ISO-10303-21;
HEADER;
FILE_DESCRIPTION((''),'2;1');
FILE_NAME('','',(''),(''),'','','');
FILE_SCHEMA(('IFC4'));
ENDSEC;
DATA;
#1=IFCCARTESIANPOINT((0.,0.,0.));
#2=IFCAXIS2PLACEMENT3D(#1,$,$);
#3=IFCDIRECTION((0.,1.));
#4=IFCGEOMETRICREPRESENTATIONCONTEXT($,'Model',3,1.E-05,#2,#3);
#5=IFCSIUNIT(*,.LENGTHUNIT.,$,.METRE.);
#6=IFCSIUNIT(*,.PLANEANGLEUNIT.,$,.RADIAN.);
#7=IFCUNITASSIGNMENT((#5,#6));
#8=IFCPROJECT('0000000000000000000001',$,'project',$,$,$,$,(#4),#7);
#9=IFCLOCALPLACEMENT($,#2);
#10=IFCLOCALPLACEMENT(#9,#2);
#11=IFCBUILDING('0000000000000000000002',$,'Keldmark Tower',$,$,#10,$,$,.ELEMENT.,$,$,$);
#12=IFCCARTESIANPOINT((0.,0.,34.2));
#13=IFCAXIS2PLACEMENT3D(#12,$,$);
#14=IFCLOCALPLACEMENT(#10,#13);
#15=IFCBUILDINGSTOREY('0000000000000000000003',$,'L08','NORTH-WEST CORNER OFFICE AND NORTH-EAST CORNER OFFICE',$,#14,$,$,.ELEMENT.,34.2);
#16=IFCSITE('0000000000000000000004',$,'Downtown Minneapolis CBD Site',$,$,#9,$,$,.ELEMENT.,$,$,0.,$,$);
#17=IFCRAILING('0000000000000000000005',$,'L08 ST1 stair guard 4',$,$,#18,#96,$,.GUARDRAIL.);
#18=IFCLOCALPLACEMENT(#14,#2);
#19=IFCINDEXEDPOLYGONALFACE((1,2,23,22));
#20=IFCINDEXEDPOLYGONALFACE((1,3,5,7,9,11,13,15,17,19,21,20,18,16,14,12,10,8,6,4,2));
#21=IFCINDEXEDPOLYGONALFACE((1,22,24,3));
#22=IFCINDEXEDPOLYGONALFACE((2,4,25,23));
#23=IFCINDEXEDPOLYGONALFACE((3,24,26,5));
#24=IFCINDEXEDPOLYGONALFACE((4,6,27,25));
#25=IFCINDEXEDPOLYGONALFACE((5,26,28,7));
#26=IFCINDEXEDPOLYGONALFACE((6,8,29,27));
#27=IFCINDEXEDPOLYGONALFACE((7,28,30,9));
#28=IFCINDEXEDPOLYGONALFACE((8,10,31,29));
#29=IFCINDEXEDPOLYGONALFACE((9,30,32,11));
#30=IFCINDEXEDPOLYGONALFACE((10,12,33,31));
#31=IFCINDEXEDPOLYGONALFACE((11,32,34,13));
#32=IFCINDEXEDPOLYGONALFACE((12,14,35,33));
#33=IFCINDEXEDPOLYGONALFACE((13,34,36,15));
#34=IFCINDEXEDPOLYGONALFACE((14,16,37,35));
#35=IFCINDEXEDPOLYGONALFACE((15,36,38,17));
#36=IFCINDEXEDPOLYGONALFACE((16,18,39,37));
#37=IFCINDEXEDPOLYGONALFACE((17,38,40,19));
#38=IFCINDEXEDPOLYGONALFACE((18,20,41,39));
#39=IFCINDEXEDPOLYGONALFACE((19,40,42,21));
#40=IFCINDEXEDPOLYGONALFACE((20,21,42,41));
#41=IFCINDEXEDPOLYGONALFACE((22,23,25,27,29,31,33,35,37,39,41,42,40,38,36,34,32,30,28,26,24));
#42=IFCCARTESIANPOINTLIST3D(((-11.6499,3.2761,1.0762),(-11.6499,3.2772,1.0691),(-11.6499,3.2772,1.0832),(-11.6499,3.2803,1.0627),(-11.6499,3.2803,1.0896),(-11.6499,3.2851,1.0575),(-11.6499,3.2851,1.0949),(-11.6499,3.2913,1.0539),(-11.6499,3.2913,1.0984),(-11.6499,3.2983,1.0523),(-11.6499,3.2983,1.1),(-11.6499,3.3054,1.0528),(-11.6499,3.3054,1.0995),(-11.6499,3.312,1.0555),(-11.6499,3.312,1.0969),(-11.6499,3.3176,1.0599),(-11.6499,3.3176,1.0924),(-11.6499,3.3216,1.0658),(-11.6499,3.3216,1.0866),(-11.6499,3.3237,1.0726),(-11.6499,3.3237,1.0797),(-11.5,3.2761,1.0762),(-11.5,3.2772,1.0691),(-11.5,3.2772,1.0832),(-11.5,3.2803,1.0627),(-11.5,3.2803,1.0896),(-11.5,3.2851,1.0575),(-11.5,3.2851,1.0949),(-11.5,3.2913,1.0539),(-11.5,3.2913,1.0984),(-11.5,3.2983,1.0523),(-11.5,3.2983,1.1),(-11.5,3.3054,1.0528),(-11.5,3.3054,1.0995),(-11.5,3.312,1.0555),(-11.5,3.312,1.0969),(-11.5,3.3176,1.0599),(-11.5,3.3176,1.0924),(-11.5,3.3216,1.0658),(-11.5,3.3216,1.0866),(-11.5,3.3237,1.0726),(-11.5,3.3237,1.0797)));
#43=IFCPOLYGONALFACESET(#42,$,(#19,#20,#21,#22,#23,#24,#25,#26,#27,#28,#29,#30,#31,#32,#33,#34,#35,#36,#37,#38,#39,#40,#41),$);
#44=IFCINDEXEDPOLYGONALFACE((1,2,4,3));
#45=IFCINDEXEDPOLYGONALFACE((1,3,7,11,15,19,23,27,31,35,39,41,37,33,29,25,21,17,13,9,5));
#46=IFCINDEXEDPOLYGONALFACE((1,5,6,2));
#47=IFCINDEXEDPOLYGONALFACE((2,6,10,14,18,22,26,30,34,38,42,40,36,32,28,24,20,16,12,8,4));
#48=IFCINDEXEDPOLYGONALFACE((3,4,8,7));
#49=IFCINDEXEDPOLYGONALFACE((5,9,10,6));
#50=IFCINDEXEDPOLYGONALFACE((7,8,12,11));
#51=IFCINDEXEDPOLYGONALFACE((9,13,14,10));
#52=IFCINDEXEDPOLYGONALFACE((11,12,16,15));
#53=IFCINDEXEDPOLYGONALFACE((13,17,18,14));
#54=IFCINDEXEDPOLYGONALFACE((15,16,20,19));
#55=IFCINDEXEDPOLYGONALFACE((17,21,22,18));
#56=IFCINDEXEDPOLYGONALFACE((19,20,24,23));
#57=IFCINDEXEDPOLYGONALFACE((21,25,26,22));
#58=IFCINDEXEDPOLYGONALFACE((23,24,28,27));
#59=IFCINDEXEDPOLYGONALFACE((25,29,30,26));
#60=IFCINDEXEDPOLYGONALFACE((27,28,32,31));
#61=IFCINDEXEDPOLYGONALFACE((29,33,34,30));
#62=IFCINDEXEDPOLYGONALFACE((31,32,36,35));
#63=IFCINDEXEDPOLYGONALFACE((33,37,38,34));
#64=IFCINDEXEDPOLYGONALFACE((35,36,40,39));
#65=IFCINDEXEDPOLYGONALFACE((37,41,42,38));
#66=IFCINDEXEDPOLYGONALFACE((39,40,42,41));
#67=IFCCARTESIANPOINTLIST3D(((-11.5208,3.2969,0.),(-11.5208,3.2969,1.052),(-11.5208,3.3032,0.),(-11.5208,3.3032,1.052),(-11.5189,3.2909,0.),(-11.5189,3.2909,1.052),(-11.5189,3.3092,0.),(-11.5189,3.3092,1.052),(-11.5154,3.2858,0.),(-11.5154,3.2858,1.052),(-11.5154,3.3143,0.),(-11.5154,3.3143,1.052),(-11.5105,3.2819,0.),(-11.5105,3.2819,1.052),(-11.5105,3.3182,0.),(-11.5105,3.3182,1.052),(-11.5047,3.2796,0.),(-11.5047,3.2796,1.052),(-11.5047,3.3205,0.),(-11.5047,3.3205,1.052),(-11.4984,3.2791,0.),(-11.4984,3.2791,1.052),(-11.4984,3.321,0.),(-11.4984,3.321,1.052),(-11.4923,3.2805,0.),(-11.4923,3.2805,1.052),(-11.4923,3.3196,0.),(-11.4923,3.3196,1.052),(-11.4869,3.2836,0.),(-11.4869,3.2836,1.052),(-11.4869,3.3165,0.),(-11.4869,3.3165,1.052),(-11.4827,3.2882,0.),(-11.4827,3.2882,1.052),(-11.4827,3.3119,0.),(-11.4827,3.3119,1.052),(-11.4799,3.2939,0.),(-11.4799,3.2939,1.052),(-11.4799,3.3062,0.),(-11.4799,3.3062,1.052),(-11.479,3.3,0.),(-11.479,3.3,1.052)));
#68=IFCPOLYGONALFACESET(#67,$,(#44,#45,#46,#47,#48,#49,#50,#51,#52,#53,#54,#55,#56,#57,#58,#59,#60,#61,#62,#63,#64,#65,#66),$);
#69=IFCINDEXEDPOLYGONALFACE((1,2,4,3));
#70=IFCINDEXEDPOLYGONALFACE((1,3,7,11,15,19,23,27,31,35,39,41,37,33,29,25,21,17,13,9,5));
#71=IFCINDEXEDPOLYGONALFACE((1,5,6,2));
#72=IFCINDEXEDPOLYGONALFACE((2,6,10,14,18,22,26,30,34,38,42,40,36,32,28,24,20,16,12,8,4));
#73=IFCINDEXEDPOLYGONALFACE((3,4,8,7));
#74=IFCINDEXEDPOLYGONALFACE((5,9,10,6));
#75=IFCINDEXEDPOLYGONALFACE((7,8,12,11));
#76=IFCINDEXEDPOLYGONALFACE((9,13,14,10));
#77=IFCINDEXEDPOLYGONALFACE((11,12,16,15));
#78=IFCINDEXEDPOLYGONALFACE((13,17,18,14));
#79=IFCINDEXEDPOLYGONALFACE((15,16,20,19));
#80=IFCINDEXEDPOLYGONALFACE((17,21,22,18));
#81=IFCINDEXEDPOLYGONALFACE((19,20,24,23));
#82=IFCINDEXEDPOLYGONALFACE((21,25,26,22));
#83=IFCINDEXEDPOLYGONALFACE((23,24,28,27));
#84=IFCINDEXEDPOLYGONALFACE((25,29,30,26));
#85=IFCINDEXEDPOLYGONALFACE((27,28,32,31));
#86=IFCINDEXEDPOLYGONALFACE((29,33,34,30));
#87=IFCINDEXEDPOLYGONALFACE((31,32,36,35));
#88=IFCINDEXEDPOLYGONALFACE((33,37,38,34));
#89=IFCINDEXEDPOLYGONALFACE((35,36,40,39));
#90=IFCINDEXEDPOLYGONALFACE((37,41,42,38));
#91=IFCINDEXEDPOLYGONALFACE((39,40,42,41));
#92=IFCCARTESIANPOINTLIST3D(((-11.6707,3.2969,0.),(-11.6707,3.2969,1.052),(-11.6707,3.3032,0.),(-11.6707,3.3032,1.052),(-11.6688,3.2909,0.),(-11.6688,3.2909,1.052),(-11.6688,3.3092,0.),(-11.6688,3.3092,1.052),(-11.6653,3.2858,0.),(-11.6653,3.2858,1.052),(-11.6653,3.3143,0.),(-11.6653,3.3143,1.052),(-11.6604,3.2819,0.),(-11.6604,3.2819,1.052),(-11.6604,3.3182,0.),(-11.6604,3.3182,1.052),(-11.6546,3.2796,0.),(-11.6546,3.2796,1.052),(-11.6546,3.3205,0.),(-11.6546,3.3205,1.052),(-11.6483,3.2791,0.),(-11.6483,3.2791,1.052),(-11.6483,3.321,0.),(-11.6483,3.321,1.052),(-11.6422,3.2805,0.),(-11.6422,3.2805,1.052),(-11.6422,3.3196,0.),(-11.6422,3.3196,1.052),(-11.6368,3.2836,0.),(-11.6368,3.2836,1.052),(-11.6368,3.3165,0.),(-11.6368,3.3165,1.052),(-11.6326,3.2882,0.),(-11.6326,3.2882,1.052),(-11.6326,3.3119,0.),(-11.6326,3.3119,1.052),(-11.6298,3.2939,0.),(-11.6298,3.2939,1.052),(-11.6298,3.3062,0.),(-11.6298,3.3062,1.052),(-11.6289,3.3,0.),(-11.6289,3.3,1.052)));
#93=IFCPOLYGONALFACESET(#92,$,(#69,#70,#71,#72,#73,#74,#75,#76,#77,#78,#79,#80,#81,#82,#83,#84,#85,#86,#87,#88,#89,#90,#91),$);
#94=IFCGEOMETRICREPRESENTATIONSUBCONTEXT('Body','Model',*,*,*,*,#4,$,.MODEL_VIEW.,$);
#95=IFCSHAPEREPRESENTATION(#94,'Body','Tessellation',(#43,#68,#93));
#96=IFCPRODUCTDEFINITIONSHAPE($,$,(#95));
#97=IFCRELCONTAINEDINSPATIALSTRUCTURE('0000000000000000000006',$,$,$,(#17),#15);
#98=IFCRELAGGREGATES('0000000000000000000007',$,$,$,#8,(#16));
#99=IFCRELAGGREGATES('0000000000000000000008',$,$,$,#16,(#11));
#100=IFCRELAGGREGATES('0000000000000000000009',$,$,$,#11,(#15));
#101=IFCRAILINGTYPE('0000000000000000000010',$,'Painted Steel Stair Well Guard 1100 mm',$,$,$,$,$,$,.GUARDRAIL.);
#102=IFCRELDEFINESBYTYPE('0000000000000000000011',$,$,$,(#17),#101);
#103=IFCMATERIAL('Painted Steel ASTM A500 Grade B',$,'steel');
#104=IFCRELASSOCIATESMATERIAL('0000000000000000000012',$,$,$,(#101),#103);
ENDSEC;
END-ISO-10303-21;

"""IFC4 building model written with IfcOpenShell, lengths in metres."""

from ifc_helpers import new_model, si_unit, direction, frame, origin, origin_2d, place, context, subcontext, project, spatial, circle, extrude, material, type_object, element, save


model = new_model("IFC4")

# Units and contexts
model_context = context("Model", 3, precision=1e-05, world=origin(), true_north=direction((0.0, 1.0)))
body_context = subcontext(model_context, "Body", "Model", "MODEL_VIEW")
ifc_project = project(units=[si_unit("LENGTHUNIT", "METRE"), si_unit("PLANEANGLEUNIT", "RADIAN")], contexts=[model_context])

# Site, building, storey
site_placement = place(None, origin())
site = spatial("IfcSite", under=ifc_project, at=site_placement, Name="Downtown Minneapolis CBD Site", CompositionType="ELEMENT", RefElevation=0.0)
building_placement = place(site_placement, origin())
building = spatial("IfcBuilding", under=site, at=building_placement, Name="Keldmark Tower", CompositionType="ELEMENT")
storey_placement = place(building_placement, frame((0.0, 0.0, 34.2)))
storey = spatial("IfcBuildingStorey", under=building, at=storey_placement, Name="L08", Description="NORTH-WEST CORNER OFFICE AND NORTH-EAST CORNER OFFICE", CompositionType="ELEMENT", Elevation=34.2)

# Railing
ifc_material_1 = material(Name="Painted Steel ASTM A500 Grade B", Category="steel")
railing_type_1 = type_object("IfcRailingType", Name="Painted Steel Stair Well Guard 1100 mm", PredefinedType="GUARDRAIL", material=ifc_material_1)
railing_1_placement = place(storey_placement, frame((-11.5, 3.3, 0.0)))
element("IfcRailing", 1, at=railing_1_placement, inside=storey, type_object=railing_type_1, Name="L08 ST1 stair guard 4", PredefinedType="GUARDRAIL", context=body_context, shape_type="SweptSolid", body=[
    extrude(circle(Radius=0.0239, at=origin_2d()), frame((0.0, 0.0, 1.0762), z_axis=(-1.0, 0.0, 0.0), x_axis=(0.0, -1.0, 0.0)), (0.0, 0.0, 1.0), 0.1499),
    extrude(circle(Radius=0.021, at=origin_2d()), origin(), (0.0, 0.0, 1.0), 1.052),
    extrude(circle(Radius=0.021, at=origin_2d()), frame((-0.1499, 0.0, 0.0)), (0.0, 0.0, 1.0), 1.052),
])

save(model, "model.ifc")
